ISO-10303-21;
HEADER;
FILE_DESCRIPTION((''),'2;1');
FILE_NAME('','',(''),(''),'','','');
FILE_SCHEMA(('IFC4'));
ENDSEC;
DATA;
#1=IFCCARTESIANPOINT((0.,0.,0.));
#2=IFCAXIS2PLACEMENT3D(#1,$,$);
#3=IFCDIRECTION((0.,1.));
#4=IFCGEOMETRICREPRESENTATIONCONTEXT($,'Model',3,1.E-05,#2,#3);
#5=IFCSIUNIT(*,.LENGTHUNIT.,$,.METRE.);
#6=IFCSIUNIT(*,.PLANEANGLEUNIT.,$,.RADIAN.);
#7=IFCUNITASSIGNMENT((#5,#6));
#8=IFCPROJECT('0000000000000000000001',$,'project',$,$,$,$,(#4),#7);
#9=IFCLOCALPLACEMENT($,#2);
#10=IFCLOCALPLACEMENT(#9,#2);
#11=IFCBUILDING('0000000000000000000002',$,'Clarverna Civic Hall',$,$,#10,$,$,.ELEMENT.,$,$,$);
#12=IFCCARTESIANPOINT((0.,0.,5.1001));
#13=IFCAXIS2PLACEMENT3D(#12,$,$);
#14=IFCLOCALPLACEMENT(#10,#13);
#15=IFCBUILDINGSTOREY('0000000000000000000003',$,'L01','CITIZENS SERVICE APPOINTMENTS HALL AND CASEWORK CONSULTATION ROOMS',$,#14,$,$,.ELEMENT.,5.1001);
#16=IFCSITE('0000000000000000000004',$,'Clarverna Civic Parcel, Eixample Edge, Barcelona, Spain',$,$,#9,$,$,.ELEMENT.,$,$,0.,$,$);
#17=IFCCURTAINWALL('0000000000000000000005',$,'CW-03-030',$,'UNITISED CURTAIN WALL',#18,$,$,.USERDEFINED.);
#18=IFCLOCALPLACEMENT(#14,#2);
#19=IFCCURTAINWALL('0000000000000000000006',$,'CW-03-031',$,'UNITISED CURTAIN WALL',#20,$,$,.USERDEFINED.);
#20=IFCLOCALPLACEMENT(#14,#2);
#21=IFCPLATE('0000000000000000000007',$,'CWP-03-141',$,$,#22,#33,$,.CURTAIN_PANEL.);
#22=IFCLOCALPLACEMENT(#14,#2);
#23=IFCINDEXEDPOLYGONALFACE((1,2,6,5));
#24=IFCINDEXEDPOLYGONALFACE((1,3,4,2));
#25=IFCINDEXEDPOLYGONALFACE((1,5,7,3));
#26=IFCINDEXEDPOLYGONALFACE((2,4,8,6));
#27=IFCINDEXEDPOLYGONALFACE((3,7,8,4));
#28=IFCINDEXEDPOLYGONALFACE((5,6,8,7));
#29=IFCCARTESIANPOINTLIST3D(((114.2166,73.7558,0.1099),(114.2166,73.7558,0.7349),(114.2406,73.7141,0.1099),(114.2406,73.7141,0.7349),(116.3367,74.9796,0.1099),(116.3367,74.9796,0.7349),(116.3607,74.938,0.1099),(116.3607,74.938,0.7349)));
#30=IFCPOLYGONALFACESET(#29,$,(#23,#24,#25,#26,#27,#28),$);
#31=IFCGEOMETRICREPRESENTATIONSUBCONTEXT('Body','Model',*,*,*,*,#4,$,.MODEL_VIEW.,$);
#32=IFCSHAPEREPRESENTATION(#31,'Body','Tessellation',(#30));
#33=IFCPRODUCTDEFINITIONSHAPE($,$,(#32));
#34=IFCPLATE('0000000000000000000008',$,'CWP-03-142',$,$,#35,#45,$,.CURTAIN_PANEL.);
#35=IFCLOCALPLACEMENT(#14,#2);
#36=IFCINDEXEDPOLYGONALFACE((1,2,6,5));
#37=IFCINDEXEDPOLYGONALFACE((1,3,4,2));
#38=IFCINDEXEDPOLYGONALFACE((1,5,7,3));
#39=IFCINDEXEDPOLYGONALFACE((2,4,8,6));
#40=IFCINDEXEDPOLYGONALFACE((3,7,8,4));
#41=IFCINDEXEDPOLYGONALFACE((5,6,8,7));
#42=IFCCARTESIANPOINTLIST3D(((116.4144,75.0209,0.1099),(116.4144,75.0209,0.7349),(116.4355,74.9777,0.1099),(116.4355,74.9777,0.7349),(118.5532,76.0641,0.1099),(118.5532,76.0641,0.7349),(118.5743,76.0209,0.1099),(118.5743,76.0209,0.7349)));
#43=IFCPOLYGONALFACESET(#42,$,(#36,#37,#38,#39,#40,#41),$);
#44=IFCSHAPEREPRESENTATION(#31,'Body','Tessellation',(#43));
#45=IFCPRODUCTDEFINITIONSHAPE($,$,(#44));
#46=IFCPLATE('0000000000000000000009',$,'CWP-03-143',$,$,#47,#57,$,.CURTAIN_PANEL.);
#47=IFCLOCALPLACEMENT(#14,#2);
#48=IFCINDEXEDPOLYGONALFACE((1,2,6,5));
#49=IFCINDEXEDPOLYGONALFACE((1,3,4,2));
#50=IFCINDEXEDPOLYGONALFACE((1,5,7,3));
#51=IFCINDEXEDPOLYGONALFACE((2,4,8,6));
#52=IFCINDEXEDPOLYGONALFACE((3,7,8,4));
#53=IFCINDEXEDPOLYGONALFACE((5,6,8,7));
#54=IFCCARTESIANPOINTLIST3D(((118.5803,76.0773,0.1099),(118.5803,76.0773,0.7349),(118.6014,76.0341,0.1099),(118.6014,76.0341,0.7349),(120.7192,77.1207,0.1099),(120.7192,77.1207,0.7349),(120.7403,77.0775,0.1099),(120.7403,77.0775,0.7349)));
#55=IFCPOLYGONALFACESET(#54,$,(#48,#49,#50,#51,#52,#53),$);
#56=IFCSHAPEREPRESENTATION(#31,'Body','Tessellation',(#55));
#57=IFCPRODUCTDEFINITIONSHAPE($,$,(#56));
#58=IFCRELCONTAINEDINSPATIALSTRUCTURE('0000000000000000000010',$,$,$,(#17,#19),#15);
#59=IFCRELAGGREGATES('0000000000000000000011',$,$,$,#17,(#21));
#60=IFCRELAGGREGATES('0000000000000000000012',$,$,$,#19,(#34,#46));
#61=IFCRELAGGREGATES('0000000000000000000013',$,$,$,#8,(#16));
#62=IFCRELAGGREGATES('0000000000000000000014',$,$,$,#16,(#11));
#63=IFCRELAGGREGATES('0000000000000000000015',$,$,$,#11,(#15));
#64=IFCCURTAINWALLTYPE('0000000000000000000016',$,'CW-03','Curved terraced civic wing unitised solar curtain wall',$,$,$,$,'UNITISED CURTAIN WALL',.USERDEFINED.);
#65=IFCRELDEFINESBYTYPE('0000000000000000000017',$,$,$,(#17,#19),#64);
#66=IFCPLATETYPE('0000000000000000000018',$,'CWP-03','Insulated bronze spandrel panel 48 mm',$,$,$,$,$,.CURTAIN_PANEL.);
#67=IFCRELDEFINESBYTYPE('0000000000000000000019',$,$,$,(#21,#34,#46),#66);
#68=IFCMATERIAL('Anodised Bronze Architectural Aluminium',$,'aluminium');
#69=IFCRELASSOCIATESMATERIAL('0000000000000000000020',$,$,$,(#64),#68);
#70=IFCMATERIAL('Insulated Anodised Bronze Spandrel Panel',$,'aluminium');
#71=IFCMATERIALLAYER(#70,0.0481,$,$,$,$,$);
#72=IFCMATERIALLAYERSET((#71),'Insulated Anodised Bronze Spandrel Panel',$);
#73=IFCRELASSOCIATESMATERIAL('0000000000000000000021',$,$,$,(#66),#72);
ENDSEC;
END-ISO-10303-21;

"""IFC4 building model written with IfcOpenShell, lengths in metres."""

from ifc_helpers import new_model, si_unit, direction, frame, frame_2d, origin, place, context, subcontext, project, spatial, rectangle, extrude, material, layer, layer_set, type_object, element, aggregate, save


model = new_model("IFC4")

# Units and contexts
model_context = context("Model", 3, precision=1e-05, world=origin(), true_north=direction((0.0, 1.0)))
body_context = subcontext(model_context, "Body", "Model", "MODEL_VIEW")
ifc_project = project(units=[si_unit("LENGTHUNIT", "METRE"), si_unit("PLANEANGLEUNIT", "RADIAN")], contexts=[model_context])

# Site, building, storey
site_placement = place(None, origin())
site = spatial("IfcSite", under=ifc_project, at=site_placement, Name="Clarverna Civic Parcel, Eixample Edge, Barcelona, Spain", CompositionType="ELEMENT", RefElevation=0.0)
building_placement = place(site_placement, origin())
building = spatial("IfcBuilding", under=site, at=building_placement, Name="Clarverna Civic Hall", CompositionType="ELEMENT")
storey_placement = place(building_placement, frame((0.0, 0.0, 5.1001)))
storey = spatial("IfcBuildingStorey", under=building, at=storey_placement, Name="L01", Description="CITIZENS SERVICE APPOINTMENTS HALL AND CASEWORK CONSULTATION ROOMS", CompositionType="ELEMENT", Elevation=5.1001)

# Curtain walls
ifc_material_1 = material(Name="Anodised Bronze Architectural Aluminium", Category="aluminium")
curtain_wall_type = type_object("IfcCurtainWallType", Name="CW-03", Description="Curved terraced civic wing unitised solar curtain wall", ElementType="UNITISED CURTAIN WALL", PredefinedType="USERDEFINED", material=ifc_material_1)
curtain_wall_1_placement = place(storey_placement, origin())
curtain_wall_1 = element("IfcCurtainWall", 1, at=curtain_wall_1_placement, inside=storey, type_object=curtain_wall_type, Name="CW-03-030", ObjectType="UNITISED CURTAIN WALL", PredefinedType="USERDEFINED")
curtain_wall_2_placement = place(storey_placement, origin())
curtain_wall_2 = element("IfcCurtainWall", 2, at=curtain_wall_2_placement, inside=storey, type_object=curtain_wall_type, Name="CW-03-031", ObjectType="UNITISED CURTAIN WALL", PredefinedType="USERDEFINED")

# Plates
ifc_material_2 = material(Name="Insulated Anodised Bronze Spandrel Panel", Category="aluminium")
ifc_layer_1 = layer(ifc_material_2, 0.0481)
ifc_layer_set_1 = layer_set([ifc_layer_1], Name="Insulated Anodised Bronze Spandrel Panel")
plate_type_1 = type_object("IfcPlateType", Name="CWP-03", Description="Insulated bronze spandrel panel 48 mm", PredefinedType="CURTAIN_PANEL", material=ifc_layer_set_1)
plate_1_placement = place(storey_placement, frame((114.2285, 73.7349, 0.1099), z_axis=(0.0, 0.0, 1.0), x_axis=(0.866056, 0.499947, 0.0)))
plate_1 = element("IfcPlate", 3, at=plate_1_placement, type_object=plate_type_1, Name="CWP-03-141", PredefinedType="CURTAIN_PANEL", context=body_context, shape_type="SweptSolid", body=[
    extrude(rectangle(XDim=2.448, YDim=0.0481, at=frame_2d((1.2241, 0.0))), origin(), (0.0, 0.0, 1.0), 0.625),
])
aggregate(curtain_wall_1, [plate_1])
plate_2_placement = place(storey_placement, frame((116.4248, 74.9993, 0.1099), z_axis=(0.0, 0.0, 1.0), x_axis=(0.898795, 0.438369, 0.0)))
plate_2 = element("IfcPlate", 4, at=plate_2_placement, type_object=plate_type_1, Name="CWP-03-142", PredefinedType="CURTAIN_PANEL", context=body_context, shape_type="SweptSolid", body=[
    extrude(rectangle(XDim=2.3796, YDim=0.0481, at=frame_2d((1.1899, 0.0))), origin(), (0.0, 0.0, 1.0), 0.625),
])
plate_3_placement = place(storey_placement, frame((118.5908, 76.0557, 0.1099), z_axis=(0.0, 0.0, 1.0), x_axis=(0.898755, 0.438452, 0.0)))
plate_3 = element("IfcPlate", 5, at=plate_3_placement, type_object=plate_type_1, Name="CWP-03-143", PredefinedType="CURTAIN_PANEL", context=body_context, shape_type="SweptSolid", body=[
    extrude(rectangle(XDim=2.3799, YDim=0.0481, at=frame_2d((1.1899, 0.0))), origin(), (0.0, 0.0, 1.0), 0.625),
])
aggregate(curtain_wall_2, [plate_2, plate_3])

save(model, "model.ifc")
